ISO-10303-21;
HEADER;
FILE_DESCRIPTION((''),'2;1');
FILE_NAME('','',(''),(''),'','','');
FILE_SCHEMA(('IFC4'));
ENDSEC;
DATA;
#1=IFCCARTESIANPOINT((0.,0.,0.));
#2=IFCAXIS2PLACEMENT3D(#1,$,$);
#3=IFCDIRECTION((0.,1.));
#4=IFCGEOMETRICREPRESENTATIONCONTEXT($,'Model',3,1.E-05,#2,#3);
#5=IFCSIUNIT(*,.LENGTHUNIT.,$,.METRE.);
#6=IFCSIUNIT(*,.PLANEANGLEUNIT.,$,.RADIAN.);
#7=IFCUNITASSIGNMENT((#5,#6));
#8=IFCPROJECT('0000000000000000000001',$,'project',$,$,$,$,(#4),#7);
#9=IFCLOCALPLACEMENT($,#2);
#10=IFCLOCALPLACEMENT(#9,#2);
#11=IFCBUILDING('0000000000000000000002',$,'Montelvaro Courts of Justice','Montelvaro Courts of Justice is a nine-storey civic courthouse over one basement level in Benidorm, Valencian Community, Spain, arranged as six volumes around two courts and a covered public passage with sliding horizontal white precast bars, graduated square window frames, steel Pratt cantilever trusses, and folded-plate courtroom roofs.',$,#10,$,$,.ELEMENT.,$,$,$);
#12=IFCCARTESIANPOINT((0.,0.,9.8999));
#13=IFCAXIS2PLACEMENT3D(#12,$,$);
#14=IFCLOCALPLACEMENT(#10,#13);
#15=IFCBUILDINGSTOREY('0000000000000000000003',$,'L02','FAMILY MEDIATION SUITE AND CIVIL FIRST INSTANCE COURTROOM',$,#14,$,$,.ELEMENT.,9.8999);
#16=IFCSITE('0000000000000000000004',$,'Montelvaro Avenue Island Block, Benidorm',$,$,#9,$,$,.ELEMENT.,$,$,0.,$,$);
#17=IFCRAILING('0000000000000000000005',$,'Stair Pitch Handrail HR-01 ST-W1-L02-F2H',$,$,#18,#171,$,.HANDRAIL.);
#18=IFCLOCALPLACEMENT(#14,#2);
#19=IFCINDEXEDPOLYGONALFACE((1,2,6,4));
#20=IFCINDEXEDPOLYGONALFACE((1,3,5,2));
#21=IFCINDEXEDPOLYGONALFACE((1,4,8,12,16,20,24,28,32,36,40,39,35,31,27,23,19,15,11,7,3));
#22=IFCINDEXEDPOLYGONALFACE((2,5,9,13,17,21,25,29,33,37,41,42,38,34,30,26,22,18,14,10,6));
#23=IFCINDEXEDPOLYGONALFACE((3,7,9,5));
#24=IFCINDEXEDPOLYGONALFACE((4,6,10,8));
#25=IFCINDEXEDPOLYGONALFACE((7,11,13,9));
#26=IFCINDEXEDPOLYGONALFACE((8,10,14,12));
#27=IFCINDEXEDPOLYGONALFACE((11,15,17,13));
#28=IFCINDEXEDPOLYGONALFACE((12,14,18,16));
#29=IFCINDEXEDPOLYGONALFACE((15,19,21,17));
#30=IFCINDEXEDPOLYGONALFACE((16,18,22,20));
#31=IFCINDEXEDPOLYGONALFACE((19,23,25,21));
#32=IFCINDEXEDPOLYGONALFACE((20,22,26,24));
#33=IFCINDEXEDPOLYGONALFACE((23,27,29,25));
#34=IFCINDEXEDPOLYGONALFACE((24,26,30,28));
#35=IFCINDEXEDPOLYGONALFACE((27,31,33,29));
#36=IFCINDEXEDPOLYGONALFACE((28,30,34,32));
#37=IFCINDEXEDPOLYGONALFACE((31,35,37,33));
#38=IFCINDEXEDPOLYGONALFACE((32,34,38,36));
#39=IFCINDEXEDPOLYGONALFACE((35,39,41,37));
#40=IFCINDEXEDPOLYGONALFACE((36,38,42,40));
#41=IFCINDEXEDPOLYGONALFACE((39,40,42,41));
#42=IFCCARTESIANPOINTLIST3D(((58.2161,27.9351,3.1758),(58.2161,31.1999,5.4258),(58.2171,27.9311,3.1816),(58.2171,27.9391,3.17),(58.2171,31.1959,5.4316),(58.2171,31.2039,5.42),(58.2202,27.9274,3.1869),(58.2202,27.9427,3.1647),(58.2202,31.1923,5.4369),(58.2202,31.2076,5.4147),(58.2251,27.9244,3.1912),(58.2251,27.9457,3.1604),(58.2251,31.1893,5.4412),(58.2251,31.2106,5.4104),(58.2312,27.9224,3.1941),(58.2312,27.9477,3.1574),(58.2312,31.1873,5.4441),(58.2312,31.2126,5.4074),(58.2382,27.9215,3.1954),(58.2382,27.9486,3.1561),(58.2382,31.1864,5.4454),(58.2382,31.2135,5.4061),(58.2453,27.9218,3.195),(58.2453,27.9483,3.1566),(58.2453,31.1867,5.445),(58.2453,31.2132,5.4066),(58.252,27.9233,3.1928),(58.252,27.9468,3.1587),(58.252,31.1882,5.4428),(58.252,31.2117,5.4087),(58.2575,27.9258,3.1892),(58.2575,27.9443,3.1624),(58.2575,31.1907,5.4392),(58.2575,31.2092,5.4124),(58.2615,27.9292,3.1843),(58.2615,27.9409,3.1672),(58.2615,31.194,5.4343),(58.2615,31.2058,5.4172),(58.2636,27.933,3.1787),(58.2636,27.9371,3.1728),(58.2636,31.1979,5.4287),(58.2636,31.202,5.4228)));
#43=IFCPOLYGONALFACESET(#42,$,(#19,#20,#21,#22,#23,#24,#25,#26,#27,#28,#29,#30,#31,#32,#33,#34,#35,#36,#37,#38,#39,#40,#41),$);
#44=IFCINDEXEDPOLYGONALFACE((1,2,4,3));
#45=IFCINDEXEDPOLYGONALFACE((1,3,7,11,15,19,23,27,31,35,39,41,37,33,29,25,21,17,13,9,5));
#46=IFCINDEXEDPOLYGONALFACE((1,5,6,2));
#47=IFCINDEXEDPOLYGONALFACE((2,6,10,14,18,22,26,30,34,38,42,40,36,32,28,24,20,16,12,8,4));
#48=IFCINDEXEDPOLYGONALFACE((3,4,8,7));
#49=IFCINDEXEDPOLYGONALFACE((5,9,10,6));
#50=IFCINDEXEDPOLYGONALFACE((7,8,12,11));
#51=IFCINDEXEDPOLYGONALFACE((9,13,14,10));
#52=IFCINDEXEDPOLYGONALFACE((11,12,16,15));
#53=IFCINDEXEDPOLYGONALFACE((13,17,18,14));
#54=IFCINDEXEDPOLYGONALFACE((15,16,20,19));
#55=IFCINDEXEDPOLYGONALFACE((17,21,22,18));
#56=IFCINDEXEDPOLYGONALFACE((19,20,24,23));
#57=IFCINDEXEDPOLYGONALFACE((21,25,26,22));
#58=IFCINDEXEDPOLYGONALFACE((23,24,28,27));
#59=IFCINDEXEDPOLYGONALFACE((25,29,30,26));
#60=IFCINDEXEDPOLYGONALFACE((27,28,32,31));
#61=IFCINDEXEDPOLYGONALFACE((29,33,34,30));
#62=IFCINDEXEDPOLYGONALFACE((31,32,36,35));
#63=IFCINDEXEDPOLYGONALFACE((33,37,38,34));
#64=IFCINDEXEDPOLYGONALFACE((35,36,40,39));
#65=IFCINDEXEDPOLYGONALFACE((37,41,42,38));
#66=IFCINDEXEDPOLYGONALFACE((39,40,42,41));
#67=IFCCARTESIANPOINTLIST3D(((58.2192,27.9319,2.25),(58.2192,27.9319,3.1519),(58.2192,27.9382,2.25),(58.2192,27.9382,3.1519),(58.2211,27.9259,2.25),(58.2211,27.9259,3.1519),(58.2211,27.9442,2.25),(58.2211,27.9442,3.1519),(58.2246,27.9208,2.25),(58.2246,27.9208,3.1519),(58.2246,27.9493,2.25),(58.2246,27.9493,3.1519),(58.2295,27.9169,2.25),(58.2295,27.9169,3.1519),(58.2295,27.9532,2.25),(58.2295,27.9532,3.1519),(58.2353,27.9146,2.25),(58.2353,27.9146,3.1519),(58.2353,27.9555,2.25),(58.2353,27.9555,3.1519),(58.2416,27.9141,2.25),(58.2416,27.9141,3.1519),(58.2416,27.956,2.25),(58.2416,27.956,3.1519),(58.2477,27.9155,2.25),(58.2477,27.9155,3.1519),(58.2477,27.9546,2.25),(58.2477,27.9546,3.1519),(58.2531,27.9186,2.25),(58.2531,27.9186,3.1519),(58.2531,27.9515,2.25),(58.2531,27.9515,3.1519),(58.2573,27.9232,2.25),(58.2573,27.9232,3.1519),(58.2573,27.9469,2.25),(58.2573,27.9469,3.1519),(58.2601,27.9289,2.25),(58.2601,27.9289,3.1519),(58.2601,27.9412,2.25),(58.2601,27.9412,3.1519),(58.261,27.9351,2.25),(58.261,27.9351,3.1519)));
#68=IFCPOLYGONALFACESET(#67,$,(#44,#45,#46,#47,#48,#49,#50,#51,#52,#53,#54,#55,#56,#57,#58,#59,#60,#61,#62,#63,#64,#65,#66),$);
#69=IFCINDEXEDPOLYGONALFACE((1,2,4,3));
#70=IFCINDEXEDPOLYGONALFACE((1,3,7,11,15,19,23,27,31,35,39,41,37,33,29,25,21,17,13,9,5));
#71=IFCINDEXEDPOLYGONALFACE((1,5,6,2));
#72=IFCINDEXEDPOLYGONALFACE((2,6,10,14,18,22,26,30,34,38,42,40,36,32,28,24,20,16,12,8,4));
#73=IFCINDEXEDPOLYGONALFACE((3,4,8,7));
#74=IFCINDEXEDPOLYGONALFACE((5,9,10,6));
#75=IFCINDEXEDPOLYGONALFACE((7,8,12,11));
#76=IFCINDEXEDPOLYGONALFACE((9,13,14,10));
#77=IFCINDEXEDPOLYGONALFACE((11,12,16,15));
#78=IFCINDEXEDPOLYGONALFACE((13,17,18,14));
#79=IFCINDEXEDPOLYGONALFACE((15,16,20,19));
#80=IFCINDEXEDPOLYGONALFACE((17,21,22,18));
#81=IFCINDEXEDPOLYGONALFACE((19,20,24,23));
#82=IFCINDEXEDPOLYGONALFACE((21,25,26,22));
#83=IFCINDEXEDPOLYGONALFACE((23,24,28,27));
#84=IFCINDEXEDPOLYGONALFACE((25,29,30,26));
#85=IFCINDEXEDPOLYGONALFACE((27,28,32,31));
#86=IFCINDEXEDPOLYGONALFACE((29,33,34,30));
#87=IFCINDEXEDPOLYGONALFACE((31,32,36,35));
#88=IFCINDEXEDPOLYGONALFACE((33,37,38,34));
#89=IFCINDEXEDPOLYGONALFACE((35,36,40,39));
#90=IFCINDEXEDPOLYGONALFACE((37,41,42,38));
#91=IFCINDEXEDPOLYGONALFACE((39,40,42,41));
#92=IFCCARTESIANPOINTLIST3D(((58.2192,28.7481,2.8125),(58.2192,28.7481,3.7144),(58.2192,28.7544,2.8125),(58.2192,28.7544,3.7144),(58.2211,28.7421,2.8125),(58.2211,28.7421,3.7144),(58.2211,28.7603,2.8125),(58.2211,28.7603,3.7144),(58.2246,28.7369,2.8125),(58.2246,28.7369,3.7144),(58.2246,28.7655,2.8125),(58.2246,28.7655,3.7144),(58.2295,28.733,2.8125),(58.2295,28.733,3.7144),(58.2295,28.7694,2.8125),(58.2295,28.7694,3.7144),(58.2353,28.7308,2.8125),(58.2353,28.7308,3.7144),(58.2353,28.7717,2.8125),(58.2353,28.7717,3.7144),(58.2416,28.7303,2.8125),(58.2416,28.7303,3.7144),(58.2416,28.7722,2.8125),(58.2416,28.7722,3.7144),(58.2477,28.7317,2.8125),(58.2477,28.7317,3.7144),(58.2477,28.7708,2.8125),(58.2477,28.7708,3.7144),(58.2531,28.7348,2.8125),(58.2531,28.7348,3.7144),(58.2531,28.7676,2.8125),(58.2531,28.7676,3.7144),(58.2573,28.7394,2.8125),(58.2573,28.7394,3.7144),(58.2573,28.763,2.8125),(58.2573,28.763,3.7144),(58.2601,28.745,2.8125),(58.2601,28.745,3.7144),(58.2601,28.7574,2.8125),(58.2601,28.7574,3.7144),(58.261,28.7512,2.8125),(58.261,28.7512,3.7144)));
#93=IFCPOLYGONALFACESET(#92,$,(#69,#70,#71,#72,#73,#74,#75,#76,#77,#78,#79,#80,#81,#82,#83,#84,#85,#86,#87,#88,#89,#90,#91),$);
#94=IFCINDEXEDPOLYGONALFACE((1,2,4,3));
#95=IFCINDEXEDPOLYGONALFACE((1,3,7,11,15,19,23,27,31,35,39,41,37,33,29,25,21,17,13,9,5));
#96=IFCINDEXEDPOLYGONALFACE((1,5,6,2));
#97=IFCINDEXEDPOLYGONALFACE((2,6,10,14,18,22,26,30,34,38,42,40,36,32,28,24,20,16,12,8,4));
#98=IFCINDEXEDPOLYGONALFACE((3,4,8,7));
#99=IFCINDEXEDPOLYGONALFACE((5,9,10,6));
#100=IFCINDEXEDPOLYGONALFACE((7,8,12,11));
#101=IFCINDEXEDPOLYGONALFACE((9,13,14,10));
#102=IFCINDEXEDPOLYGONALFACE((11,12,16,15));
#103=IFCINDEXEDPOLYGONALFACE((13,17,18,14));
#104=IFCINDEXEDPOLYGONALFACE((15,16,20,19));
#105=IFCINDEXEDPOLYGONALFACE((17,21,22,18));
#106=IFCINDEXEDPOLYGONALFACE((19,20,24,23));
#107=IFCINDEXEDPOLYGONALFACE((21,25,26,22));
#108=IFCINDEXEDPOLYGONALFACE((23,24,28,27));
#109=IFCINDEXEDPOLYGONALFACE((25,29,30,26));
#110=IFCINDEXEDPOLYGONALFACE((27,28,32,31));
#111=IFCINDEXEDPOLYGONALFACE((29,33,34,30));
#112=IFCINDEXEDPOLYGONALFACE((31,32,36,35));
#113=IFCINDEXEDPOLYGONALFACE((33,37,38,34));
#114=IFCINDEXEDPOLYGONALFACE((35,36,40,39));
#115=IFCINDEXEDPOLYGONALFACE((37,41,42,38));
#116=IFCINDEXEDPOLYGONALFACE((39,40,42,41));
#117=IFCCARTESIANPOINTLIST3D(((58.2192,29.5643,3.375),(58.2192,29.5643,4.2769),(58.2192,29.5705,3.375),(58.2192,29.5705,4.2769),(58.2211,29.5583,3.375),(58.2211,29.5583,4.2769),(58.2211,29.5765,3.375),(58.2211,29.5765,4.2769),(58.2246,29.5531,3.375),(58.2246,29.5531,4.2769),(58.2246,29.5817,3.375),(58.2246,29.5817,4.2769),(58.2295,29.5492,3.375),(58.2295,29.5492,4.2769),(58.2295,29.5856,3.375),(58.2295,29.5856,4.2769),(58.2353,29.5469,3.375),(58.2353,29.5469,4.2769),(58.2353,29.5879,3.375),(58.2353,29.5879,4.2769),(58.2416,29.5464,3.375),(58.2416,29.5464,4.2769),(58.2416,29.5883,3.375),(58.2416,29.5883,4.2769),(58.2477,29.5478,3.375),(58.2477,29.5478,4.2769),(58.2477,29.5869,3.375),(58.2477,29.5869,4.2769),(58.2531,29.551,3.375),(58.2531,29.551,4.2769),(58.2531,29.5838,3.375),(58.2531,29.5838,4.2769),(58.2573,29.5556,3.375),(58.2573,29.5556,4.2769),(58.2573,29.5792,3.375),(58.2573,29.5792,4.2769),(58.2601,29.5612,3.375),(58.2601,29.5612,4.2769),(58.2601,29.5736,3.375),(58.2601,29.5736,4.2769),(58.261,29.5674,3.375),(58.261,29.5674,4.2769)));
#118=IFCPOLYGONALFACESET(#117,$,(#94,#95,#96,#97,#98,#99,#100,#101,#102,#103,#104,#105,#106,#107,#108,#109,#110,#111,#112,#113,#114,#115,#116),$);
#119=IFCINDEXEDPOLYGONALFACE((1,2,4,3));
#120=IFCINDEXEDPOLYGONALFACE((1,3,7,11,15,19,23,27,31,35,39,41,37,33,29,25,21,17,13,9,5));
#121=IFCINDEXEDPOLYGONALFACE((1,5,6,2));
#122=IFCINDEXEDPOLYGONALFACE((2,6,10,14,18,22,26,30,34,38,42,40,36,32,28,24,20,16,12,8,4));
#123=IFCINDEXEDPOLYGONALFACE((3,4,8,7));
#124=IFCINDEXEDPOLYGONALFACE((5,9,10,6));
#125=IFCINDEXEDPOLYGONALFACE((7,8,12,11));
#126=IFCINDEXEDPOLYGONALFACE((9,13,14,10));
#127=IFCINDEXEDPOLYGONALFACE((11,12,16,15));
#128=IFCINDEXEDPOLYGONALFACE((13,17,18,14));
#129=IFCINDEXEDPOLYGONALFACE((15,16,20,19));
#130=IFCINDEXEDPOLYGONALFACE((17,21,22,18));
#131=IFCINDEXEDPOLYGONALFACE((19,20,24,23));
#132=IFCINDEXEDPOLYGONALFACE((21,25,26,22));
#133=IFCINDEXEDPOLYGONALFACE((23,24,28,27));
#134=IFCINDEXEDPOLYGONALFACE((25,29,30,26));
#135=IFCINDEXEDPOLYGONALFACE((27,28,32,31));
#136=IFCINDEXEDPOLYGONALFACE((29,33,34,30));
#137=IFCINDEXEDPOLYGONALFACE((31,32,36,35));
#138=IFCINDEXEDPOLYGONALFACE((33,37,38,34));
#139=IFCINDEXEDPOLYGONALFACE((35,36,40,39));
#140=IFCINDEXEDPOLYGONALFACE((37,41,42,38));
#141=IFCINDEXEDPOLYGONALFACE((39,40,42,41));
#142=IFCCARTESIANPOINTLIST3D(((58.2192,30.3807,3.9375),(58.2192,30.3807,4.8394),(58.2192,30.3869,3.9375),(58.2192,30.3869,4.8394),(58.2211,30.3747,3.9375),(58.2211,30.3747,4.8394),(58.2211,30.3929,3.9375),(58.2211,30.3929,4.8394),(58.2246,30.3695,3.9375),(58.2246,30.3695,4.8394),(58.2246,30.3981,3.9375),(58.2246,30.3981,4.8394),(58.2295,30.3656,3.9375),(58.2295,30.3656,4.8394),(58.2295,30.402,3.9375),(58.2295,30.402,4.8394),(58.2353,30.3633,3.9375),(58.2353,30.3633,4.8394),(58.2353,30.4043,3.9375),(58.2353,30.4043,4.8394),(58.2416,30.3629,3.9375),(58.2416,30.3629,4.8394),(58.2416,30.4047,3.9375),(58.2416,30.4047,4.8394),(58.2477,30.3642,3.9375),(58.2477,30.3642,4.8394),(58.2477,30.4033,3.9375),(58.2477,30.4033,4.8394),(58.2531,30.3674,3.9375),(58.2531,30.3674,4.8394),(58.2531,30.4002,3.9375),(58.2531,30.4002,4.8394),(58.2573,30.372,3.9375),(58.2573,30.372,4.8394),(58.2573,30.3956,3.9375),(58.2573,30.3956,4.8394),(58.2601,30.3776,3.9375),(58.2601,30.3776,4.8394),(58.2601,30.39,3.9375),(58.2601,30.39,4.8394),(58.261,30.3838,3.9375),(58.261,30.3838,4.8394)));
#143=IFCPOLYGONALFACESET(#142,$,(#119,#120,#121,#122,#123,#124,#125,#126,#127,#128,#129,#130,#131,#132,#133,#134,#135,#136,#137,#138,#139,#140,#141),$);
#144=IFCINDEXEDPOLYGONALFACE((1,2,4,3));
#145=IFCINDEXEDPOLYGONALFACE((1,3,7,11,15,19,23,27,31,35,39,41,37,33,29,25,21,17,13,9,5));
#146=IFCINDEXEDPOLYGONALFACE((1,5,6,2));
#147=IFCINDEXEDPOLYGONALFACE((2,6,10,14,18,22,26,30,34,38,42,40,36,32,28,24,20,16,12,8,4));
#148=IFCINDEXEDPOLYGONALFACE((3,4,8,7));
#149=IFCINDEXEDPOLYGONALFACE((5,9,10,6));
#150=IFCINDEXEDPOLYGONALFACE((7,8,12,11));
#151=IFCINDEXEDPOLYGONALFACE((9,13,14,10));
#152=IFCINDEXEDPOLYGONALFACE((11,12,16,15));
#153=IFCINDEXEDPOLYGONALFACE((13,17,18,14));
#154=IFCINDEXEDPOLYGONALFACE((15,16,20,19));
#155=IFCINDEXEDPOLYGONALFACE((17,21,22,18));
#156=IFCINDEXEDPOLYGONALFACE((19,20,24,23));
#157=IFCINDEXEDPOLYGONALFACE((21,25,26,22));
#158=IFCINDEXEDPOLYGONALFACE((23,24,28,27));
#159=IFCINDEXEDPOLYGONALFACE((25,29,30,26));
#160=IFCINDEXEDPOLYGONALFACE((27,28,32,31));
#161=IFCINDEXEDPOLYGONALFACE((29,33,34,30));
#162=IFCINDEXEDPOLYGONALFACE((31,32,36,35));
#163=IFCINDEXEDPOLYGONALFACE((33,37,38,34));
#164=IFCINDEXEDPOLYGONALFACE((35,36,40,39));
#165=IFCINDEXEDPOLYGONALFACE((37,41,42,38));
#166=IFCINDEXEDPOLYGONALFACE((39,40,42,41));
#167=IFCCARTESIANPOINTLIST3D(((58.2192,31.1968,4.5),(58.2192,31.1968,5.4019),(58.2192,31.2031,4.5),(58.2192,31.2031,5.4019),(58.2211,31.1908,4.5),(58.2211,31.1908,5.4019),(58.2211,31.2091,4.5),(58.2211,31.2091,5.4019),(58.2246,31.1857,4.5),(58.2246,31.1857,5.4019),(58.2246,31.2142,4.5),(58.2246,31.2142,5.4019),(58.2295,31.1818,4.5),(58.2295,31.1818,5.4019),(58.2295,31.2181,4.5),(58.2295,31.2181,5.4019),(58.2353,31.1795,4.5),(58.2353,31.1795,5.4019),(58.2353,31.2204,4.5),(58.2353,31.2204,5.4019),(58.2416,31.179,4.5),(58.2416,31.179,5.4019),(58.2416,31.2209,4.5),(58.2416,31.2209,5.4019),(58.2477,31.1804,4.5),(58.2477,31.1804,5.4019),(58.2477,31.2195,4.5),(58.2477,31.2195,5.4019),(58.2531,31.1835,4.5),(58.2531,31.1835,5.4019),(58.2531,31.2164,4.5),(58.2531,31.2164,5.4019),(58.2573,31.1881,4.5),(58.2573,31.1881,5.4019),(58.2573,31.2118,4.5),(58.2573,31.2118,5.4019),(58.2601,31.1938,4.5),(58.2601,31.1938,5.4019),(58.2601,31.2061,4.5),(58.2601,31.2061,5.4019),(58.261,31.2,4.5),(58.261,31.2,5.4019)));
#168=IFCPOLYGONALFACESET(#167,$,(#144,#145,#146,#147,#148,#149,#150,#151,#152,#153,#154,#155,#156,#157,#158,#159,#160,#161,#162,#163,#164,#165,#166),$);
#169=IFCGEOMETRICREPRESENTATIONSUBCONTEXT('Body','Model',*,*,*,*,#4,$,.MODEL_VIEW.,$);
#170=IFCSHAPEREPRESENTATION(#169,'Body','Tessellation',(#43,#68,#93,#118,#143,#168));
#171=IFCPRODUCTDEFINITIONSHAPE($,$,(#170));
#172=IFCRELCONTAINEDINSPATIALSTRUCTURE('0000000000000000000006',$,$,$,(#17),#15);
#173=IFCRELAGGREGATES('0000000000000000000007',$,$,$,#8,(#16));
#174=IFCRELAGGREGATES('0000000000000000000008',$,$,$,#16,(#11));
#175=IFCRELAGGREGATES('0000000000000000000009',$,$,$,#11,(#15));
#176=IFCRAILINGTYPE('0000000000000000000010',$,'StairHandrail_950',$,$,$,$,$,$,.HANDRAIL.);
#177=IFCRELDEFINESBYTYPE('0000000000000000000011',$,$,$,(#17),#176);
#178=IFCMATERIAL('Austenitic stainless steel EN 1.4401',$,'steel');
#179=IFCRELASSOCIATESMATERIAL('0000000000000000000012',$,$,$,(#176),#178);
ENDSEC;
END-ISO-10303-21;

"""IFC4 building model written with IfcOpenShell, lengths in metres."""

from ifc_helpers import new_model, si_unit, direction, frame, origin, origin_2d, place, context, subcontext, project, spatial, circle, extrude, material, type_object, element, save


model = new_model("IFC4")

# Units and contexts
model_context = context("Model", 3, precision=1e-05, world=origin(), true_north=direction((0.0, 1.0)))
body_context = subcontext(model_context, "Body", "Model", "MODEL_VIEW")
ifc_project = project(units=[si_unit("LENGTHUNIT", "METRE"), si_unit("PLANEANGLEUNIT", "RADIAN")], contexts=[model_context])

# Site, building, storey
site_placement = place(None, origin())
site = spatial("IfcSite", under=ifc_project, at=site_placement, Name="Montelvaro Avenue Island Block, Benidorm", CompositionType="ELEMENT", RefElevation=0.0)
building_placement = place(site_placement, origin())
building = spatial("IfcBuilding", under=site, at=building_placement, Name="Montelvaro Courts of Justice", Description="Montelvaro Courts of Justice is a nine-storey civic courthouse over one basement level in Benidorm, Valencian Community, Spain, arranged as six volumes around two courts and a covered public passage with sliding horizontal white precast bars, graduated square window frames, steel Pratt cantilever trusses, and folded-plate courtroom roofs.", CompositionType="ELEMENT")
storey_placement = place(building_placement, frame((0.0, 0.0, 9.8999)))
storey = spatial("IfcBuildingStorey", under=building, at=storey_placement, Name="L02", Description="FAMILY MEDIATION SUITE AND CIVIL FIRST INSTANCE COURTROOM", CompositionType="ELEMENT", Elevation=9.8999)

# Railing
ifc_material_1 = material(Name="Austenitic stainless steel EN 1.4401", Category="steel")
railing_type_1 = type_object("IfcRailingType", Name="StairHandrail_950", PredefinedType="HANDRAIL", material=ifc_material_1)
railing_1_placement = place(storey_placement, frame((58.24, 27.9351, 2.25)))
element("IfcRailing", 1, at=railing_1_placement, inside=storey, type_object=railing_type_1, Name="Stair Pitch Handrail HR-01 ST-W1-L02-F2H", PredefinedType="HANDRAIL", context=body_context, shape_type="SweptSolid", body=[
    extrude(circle(Radius=0.0239, at=origin_2d()), frame((0.0, 0.0, 0.9258), z_axis=(0.0, 0.823407, 0.567451), x_axis=(-1.0, 0.0, 0.0)), (0.0, 0.0, 1.0), 3.9651),
    extrude(circle(Radius=0.021, at=origin_2d()), origin(), (0.0, 0.0, 1.0), 0.9019),
    extrude(circle(Radius=0.021, at=origin_2d()), frame((0.0, 0.8162, 0.5625)), (0.0, 0.0, 1.0), 0.9019),
    extrude(circle(Radius=0.021, at=origin_2d()), frame((0.0, 1.6323, 1.125)), (0.0, 0.0, 1.0), 0.9019),
    extrude(circle(Radius=0.021, at=origin_2d()), frame((0.0, 2.4487, 1.6875)), (0.0, 0.0, 1.0), 0.9019),
    extrude(circle(Radius=0.021, at=origin_2d()), frame((0.0, 3.2649, 2.25)), (0.0, 0.0, 1.0), 0.9019),
])

save(model, "model.ifc")
